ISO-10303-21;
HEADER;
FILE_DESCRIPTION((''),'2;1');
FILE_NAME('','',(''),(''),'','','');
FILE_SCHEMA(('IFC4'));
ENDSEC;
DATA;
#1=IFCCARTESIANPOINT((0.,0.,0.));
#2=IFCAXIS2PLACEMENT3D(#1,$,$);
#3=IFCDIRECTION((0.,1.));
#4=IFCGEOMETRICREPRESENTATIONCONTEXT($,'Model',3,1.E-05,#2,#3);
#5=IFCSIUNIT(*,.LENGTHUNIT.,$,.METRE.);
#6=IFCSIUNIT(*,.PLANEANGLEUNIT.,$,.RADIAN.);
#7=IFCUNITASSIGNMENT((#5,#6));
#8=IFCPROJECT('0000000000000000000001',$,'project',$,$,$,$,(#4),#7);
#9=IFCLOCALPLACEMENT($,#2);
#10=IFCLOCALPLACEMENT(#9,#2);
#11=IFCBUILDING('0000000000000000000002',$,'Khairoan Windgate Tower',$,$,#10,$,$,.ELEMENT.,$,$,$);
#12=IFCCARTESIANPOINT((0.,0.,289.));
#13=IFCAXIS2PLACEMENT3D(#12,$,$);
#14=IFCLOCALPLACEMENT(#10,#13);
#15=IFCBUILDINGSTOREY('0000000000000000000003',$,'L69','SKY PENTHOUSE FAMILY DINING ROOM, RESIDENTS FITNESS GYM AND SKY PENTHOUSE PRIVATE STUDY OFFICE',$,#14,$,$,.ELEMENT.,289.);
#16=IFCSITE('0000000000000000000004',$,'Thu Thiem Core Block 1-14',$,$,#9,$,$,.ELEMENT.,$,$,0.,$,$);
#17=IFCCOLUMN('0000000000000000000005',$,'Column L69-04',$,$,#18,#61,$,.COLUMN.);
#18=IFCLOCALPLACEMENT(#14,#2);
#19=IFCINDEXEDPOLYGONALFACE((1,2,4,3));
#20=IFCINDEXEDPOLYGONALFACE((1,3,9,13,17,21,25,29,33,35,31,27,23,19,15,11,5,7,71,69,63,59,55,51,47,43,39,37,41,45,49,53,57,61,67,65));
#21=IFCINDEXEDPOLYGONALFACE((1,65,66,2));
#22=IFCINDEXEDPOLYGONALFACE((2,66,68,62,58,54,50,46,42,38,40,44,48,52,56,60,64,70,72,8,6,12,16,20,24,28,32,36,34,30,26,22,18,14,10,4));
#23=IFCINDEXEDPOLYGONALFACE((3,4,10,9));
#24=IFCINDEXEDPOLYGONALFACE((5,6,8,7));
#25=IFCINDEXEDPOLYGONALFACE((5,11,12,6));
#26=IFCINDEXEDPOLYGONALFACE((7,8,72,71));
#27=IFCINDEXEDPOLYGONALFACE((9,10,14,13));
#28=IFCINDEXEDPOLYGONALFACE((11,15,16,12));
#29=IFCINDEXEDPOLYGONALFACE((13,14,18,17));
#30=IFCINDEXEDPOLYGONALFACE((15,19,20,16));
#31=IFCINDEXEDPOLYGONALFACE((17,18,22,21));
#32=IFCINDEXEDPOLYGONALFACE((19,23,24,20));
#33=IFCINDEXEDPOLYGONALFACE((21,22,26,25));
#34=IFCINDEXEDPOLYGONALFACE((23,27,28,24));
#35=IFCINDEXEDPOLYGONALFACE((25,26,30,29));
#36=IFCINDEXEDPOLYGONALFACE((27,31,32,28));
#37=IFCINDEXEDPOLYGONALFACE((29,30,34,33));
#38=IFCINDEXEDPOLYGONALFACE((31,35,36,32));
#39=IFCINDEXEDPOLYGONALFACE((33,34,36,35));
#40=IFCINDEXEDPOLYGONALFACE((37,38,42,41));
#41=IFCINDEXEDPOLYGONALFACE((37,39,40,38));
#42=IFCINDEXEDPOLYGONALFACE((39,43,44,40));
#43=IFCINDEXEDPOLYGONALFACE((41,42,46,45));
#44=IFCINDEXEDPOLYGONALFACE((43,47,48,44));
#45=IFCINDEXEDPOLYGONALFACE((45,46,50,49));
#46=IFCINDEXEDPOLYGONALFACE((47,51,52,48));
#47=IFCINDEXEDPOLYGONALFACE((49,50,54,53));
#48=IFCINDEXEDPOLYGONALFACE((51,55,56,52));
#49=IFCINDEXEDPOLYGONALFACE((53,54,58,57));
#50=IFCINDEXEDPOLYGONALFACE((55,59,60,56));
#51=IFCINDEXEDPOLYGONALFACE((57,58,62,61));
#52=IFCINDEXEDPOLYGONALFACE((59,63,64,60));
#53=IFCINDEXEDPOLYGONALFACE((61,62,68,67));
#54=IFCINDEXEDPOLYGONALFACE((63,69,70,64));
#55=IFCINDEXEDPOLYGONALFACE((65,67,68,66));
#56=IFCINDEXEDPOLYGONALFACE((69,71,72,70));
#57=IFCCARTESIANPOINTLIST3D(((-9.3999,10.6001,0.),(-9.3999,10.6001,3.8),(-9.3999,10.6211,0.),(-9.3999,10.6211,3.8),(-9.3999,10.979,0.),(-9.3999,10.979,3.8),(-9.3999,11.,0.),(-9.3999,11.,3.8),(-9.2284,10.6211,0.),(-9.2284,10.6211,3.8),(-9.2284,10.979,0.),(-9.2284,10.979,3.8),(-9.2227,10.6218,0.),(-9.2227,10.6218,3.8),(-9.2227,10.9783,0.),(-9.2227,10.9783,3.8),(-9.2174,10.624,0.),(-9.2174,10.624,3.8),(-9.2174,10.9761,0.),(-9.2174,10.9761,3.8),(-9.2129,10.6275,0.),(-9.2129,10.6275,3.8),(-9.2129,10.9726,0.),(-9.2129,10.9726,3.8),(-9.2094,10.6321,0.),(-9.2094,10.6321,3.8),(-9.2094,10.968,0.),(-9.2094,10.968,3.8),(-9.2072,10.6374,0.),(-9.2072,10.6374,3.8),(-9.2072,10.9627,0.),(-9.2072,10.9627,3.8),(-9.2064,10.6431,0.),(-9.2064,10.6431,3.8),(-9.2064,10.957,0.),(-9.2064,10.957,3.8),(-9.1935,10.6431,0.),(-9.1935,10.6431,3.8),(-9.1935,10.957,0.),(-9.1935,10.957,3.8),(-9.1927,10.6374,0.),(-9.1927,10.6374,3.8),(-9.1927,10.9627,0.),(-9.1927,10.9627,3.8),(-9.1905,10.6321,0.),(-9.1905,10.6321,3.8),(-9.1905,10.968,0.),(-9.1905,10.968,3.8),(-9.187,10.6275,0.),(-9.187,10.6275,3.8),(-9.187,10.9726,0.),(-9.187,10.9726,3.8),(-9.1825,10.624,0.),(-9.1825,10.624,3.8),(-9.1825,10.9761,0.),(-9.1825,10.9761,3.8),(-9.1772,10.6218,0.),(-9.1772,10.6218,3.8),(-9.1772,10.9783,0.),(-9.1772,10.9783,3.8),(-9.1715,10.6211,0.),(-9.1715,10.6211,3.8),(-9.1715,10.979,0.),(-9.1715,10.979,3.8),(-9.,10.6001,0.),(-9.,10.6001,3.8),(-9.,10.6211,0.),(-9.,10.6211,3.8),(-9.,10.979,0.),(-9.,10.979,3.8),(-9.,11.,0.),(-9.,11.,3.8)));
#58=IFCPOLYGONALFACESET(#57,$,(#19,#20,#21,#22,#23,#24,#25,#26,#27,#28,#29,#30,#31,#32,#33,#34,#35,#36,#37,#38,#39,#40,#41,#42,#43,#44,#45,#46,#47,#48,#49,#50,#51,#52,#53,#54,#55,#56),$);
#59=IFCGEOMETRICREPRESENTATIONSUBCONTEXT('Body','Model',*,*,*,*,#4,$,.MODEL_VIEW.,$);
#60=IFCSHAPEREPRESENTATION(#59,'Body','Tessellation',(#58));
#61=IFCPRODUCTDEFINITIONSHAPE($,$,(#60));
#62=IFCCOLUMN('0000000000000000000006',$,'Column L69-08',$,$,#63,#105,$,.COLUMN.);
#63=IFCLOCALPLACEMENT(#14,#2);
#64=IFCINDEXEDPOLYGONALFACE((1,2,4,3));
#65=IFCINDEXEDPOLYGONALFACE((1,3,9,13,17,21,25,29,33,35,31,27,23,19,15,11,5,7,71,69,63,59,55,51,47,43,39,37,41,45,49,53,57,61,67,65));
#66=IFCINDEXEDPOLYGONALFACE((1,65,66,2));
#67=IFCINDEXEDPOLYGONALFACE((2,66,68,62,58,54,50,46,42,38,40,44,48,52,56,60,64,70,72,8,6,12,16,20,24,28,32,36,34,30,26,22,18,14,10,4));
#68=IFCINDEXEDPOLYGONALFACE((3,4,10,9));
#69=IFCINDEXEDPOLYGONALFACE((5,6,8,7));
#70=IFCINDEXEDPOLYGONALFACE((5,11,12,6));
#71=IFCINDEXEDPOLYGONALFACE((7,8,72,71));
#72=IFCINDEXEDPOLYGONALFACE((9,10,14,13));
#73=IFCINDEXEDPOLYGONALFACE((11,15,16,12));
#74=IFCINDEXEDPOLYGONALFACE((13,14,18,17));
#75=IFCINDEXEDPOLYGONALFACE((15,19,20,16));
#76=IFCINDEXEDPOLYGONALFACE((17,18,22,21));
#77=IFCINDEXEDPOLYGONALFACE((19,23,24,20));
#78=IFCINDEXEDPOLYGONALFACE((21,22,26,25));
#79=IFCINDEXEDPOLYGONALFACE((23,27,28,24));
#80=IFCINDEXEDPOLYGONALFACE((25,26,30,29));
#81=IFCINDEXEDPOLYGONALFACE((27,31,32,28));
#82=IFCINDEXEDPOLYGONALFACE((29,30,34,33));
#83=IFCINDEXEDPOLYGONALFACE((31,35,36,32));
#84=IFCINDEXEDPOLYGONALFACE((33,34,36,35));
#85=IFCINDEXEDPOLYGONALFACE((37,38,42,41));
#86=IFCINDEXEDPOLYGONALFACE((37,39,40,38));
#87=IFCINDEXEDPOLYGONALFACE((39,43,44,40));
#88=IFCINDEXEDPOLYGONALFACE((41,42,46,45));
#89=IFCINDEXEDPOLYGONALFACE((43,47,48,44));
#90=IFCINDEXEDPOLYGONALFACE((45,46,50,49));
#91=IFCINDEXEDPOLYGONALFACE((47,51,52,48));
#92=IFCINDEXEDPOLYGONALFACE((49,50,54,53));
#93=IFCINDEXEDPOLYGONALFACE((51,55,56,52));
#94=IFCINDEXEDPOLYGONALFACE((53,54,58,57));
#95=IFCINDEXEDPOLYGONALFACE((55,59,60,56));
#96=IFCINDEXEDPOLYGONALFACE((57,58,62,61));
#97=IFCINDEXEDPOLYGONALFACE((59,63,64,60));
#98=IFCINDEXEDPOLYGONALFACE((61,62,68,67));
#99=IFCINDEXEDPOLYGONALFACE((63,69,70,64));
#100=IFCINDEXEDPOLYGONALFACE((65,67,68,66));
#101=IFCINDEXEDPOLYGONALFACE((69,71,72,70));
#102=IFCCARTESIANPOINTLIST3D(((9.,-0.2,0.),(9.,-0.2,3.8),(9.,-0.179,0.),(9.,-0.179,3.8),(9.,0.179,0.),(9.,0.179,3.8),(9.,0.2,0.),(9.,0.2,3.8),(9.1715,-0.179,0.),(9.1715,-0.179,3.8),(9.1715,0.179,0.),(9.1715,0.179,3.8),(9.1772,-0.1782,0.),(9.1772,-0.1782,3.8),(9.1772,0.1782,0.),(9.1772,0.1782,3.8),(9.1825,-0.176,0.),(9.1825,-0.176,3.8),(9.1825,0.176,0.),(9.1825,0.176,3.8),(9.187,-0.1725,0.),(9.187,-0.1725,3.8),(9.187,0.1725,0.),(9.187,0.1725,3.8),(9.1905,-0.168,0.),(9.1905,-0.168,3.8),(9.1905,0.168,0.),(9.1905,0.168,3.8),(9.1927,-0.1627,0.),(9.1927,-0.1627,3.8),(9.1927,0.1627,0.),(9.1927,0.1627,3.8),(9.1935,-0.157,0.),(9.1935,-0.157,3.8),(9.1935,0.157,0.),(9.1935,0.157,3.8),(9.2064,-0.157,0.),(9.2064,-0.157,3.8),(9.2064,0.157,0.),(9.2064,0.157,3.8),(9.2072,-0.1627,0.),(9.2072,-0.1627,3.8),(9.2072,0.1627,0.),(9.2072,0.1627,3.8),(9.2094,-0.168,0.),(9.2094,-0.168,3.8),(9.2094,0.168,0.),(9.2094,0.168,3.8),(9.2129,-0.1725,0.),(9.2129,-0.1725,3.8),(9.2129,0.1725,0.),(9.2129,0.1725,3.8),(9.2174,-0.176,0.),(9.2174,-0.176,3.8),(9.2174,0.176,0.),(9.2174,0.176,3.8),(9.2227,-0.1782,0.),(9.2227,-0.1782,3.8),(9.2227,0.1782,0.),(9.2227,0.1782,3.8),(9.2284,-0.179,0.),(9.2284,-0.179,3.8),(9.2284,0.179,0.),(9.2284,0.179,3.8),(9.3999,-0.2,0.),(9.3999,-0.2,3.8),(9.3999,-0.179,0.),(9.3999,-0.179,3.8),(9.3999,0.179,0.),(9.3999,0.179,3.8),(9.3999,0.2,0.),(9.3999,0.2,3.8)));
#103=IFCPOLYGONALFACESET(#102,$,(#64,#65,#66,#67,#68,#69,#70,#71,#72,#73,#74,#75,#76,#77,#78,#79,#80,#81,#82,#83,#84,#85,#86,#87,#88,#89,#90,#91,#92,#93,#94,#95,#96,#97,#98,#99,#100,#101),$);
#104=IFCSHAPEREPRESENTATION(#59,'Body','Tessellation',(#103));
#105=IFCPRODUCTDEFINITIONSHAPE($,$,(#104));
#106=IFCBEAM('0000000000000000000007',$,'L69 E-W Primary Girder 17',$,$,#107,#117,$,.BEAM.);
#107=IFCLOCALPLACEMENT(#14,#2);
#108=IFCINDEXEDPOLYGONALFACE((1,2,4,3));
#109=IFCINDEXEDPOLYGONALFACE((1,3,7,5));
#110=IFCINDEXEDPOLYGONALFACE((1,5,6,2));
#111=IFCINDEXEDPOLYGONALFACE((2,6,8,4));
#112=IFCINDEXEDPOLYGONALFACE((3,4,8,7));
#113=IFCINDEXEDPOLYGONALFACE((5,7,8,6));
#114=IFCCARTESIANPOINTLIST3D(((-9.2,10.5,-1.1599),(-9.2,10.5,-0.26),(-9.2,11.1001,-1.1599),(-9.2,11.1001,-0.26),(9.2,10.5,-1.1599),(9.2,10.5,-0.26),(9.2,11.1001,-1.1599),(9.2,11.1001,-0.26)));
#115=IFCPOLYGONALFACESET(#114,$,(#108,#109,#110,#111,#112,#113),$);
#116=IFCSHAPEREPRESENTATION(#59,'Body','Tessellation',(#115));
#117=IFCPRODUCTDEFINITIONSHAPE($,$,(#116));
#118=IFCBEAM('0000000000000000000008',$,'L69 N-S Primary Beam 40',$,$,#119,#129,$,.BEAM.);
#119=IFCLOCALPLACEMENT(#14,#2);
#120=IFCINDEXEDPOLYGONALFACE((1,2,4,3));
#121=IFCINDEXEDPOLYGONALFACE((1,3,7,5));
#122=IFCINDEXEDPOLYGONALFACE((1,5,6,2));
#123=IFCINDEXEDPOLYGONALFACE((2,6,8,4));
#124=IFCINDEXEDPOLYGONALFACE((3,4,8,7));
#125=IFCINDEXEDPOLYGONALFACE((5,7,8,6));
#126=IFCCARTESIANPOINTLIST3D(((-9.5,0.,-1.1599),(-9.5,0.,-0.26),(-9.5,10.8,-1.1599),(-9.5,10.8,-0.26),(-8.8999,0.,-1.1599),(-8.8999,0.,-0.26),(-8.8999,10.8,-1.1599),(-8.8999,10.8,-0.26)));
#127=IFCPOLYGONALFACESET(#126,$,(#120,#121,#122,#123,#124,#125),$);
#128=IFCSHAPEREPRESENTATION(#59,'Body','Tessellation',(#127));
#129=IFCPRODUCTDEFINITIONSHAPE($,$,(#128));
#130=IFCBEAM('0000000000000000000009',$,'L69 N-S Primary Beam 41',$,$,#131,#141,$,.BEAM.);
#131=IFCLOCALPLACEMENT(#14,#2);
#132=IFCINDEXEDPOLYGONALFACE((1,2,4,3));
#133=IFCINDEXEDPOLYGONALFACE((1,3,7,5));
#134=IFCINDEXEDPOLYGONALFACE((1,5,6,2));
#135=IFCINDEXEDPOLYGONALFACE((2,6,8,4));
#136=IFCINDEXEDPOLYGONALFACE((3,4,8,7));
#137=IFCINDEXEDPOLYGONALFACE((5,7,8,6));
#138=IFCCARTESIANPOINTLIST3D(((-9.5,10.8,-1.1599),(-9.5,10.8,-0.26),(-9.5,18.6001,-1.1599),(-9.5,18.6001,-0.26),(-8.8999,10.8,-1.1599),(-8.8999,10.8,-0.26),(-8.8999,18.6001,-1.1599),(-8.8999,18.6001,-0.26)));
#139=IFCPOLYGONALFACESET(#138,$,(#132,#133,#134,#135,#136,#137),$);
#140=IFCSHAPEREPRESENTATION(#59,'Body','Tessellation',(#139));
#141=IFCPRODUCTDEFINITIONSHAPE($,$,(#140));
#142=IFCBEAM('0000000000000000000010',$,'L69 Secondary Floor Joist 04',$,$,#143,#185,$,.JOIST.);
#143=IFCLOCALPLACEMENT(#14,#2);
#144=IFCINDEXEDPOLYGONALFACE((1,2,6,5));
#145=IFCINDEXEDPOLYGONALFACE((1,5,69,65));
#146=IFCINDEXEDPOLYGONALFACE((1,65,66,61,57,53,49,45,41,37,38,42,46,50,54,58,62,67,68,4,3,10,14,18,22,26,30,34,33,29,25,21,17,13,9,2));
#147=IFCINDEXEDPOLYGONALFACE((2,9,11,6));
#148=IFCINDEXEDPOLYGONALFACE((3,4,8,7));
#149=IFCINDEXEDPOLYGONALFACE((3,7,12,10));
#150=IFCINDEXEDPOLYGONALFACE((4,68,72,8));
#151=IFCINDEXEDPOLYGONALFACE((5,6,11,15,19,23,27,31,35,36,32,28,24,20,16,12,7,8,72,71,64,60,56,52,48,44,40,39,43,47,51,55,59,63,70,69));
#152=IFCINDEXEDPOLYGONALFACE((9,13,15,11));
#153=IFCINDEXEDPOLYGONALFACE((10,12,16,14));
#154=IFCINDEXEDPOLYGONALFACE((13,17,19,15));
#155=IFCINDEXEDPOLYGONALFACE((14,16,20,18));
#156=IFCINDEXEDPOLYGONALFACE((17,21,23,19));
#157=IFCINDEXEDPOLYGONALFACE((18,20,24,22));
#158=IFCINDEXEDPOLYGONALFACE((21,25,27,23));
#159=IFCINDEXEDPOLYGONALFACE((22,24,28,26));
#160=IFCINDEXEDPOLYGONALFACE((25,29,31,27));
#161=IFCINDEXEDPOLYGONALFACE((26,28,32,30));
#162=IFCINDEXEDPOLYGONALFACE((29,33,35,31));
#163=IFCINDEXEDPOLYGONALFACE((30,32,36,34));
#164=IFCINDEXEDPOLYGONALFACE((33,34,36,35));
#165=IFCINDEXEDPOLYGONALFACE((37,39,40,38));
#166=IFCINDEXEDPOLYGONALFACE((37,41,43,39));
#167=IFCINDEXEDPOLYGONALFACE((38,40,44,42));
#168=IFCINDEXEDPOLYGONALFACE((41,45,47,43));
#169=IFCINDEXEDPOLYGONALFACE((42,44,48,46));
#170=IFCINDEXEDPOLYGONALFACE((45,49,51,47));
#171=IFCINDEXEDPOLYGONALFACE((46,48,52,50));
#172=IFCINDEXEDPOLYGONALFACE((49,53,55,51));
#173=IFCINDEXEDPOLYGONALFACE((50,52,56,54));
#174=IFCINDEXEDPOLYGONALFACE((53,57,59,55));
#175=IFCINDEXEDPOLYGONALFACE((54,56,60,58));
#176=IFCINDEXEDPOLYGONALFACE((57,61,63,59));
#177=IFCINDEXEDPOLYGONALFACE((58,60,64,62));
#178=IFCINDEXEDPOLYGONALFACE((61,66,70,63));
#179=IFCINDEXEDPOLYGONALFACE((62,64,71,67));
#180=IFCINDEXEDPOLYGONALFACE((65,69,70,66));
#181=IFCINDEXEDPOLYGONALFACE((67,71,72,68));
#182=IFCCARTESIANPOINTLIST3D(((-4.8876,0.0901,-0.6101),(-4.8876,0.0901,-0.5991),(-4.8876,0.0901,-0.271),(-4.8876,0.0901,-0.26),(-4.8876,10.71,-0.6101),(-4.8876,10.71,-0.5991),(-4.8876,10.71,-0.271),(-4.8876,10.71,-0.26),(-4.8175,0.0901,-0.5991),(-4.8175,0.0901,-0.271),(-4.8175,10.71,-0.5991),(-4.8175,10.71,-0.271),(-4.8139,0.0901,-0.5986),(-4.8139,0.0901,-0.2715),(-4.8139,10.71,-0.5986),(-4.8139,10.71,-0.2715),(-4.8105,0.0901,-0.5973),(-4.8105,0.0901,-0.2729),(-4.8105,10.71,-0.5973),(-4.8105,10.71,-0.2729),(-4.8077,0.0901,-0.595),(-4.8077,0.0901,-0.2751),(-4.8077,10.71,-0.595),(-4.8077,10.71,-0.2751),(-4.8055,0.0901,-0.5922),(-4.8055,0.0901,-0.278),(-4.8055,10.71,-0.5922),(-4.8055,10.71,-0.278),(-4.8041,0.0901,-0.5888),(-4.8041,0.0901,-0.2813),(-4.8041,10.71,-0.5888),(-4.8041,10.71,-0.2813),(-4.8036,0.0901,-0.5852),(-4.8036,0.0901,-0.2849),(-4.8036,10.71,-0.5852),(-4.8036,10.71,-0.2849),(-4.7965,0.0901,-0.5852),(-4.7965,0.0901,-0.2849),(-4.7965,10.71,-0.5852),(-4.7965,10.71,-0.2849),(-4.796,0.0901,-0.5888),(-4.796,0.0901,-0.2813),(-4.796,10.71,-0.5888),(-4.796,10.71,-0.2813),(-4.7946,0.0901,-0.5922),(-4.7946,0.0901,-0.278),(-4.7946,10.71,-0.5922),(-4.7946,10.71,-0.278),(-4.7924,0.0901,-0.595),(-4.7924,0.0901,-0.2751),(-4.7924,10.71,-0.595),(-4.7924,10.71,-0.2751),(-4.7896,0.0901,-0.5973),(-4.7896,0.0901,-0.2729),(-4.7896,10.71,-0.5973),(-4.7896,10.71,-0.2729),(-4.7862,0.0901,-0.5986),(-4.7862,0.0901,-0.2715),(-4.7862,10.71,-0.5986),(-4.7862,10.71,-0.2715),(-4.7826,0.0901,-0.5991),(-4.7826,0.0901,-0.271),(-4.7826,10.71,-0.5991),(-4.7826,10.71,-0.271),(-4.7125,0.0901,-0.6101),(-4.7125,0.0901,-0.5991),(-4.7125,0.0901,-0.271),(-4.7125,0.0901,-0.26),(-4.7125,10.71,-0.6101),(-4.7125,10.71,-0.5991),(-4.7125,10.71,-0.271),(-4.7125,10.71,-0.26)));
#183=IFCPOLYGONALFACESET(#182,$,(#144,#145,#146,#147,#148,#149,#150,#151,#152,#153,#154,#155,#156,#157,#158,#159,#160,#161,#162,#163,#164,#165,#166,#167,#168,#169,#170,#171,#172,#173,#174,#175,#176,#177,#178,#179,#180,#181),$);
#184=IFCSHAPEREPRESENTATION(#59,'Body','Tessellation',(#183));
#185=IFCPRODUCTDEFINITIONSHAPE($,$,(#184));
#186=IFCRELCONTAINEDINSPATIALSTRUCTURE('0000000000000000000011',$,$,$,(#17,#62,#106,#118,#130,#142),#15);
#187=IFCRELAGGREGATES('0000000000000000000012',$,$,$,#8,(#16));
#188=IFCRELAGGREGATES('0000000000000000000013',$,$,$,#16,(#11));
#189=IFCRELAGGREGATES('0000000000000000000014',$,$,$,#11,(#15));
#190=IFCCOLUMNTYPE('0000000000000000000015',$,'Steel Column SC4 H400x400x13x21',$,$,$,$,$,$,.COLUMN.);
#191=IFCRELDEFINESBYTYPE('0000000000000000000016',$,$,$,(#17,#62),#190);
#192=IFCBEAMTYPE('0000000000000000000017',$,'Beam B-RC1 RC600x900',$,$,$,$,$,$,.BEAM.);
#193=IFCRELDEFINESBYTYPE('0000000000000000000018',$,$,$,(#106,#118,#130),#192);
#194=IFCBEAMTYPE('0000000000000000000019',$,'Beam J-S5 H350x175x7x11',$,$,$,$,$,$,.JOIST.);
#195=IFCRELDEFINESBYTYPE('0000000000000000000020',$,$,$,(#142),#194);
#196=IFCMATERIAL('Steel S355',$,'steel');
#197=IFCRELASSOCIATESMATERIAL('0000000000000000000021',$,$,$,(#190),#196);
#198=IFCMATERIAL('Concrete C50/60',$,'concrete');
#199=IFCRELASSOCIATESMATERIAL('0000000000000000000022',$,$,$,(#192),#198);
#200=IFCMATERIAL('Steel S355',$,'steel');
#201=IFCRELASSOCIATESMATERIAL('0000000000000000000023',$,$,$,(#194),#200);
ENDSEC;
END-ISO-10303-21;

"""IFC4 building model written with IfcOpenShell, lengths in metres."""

from ifc_helpers import new_model, si_unit, direction, frame, origin, origin_2d, place, context, subcontext, project, spatial, rectangle, i_section, extrude, material, material_profile, profile_set, type_object, element, save


model = new_model("IFC4")

# Units and contexts
model_context = context("Model", 3, precision=1e-05, world=origin(), true_north=direction((0.0, 1.0)))
body_context = subcontext(model_context, "Body", "Model", "MODEL_VIEW")
ifc_project = project(units=[si_unit("LENGTHUNIT", "METRE"), si_unit("PLANEANGLEUNIT", "RADIAN")], contexts=[model_context])

# Site, building, storey
site_placement = place(None, origin())
site = spatial("IfcSite", under=ifc_project, at=site_placement, Name="Thu Thiem Core Block 1-14", CompositionType="ELEMENT", RefElevation=0.0)
building_placement = place(site_placement, origin())
building = spatial("IfcBuilding", under=site, at=building_placement, Name="Khairoan Windgate Tower", CompositionType="ELEMENT")
storey_placement = place(building_placement, frame((0.0, 0.0, 289.0)))
storey = spatial("IfcBuildingStorey", under=building, at=storey_placement, Name="L69", Description="SKY PENTHOUSE FAMILY DINING ROOM, RESIDENTS FITNESS GYM AND SKY PENTHOUSE PRIVATE STUDY OFFICE", CompositionType="ELEMENT", Elevation=289.0)

# Columns
ifc_material_1 = material(Name="Steel S355", Category="steel")
ifc_material_profile_1 = material_profile(ifc_material_1, i_section(OverallWidth=0.3999, OverallDepth=0.3999, WebThickness=0.0129, FlangeThickness=0.021, FilletRadius=0.022, at=origin_2d()))
ifc_profile_set_1 = profile_set([ifc_material_profile_1], Name="Steel S355")
column_type = type_object("IfcColumnType", Name="Steel Column SC4 H400x400x13x21", PredefinedType="COLUMN", material=ifc_profile_set_1)
for number, where, z_axis, x_axis, name in (
    (1, (-9.2, 10.8, 0.0), (0.0, 0.0, 1.0), (1.0, 0.0, 0.0), "Column L69-04"),
    (2, (9.2, 0.0, 0.0), (0.0, 0.0, 1.0), (1.0, 0.0, 0.0), "Column L69-08"),
):
    element("IfcColumn", number, at=place(storey_placement, frame(where, z_axis=z_axis, x_axis=x_axis)), inside=storey, type_object=column_type, Name=name, PredefinedType="COLUMN", context=body_context, shape_type="SweptSolid", body=[
        extrude(i_section(OverallWidth=0.3999, OverallDepth=0.3999, WebThickness=0.0129, FlangeThickness=0.021, FilletRadius=0.022, at=origin_2d()), origin(), (0.0, 0.0, 1.0), 3.8),
    ])

# Beams
ifc_material_2 = material(Name="Concrete C50/60", Category="concrete")
ifc_material_profile_2 = material_profile(ifc_material_2, rectangle(XDim=0.6001, YDim=0.8999, at=origin_2d()))
ifc_profile_set_2 = profile_set([ifc_material_profile_2], Name="Concrete C50/60")
beam_type_1 = type_object("IfcBeamType", Name="Beam B-RC1 RC600x900", PredefinedType="BEAM", material=ifc_profile_set_2)
beam_1_placement = place(storey_placement, frame((-9.2, 10.8, -0.71), z_axis=(1.0, 0.0, 0.0), x_axis=(0.0, 1.0, 0.0)))
element("IfcBeam", 3, at=beam_1_placement, inside=storey, type_object=beam_type_1, Name="L69 E-W Primary Girder 17", PredefinedType="BEAM", context=body_context, shape_type="SweptSolid", body=[
    extrude(rectangle(XDim=0.6001, YDim=0.8999, at=origin_2d()), origin(), (0.0, 0.0, 1.0), 18.3999),
])
beam_2_placement = place(storey_placement, frame((-9.2, 0.0, -0.71), z_axis=(0.0, 1.0, 0.0), x_axis=(-1.0, 0.0, 0.0)))
element("IfcBeam", 4, at=beam_2_placement, inside=storey, type_object=beam_type_1, Name="L69 N-S Primary Beam 40", PredefinedType="BEAM", context=body_context, shape_type="SweptSolid", body=[
    extrude(rectangle(XDim=0.6001, YDim=0.8999, at=origin_2d()), origin(), (0.0, 0.0, 1.0), 10.8),
])
beam_3_placement = place(storey_placement, frame((-9.2, 10.8, -0.71), z_axis=(0.0, 1.0, 0.0), x_axis=(-1.0, 0.0, 0.0)))
element("IfcBeam", 5, at=beam_3_placement, inside=storey, type_object=beam_type_1, Name="L69 N-S Primary Beam 41", PredefinedType="BEAM", context=body_context, shape_type="SweptSolid", body=[
    extrude(rectangle(XDim=0.6001, YDim=0.8999, at=origin_2d()), origin(), (0.0, 0.0, 1.0), 7.8),
])
ifc_material_3 = material(Name="Steel S355", Category="steel")
ifc_material_profile_3 = material_profile(ifc_material_3, i_section(OverallWidth=0.175, OverallDepth=0.3501, WebThickness=0.0071, FlangeThickness=0.011, FilletRadius=0.0139, at=origin_2d()))
ifc_profile_set_3 = profile_set([ifc_material_profile_3], Name="Steel S355")
beam_type_2 = type_object("IfcBeamType", Name="Beam J-S5 H350x175x7x11", PredefinedType="JOIST", material=ifc_profile_set_3)
beam_4_placement = place(storey_placement, frame((-4.8, 0.0901, -0.4351), z_axis=(0.0, 1.0, 0.0), x_axis=(-1.0, 0.0, 0.0)))
element("IfcBeam", 6, at=beam_4_placement, inside=storey, type_object=beam_type_2, Name="L69 Secondary Floor Joist 04", PredefinedType="JOIST", context=body_context, shape_type="SweptSolid", body=[
    extrude(i_section(OverallWidth=0.175, OverallDepth=0.3501, WebThickness=0.0071, FlangeThickness=0.011, FilletRadius=0.0139, at=origin_2d()), origin(), (0.0, 0.0, 1.0), 10.6199),
])

save(model, "model.ifc")
